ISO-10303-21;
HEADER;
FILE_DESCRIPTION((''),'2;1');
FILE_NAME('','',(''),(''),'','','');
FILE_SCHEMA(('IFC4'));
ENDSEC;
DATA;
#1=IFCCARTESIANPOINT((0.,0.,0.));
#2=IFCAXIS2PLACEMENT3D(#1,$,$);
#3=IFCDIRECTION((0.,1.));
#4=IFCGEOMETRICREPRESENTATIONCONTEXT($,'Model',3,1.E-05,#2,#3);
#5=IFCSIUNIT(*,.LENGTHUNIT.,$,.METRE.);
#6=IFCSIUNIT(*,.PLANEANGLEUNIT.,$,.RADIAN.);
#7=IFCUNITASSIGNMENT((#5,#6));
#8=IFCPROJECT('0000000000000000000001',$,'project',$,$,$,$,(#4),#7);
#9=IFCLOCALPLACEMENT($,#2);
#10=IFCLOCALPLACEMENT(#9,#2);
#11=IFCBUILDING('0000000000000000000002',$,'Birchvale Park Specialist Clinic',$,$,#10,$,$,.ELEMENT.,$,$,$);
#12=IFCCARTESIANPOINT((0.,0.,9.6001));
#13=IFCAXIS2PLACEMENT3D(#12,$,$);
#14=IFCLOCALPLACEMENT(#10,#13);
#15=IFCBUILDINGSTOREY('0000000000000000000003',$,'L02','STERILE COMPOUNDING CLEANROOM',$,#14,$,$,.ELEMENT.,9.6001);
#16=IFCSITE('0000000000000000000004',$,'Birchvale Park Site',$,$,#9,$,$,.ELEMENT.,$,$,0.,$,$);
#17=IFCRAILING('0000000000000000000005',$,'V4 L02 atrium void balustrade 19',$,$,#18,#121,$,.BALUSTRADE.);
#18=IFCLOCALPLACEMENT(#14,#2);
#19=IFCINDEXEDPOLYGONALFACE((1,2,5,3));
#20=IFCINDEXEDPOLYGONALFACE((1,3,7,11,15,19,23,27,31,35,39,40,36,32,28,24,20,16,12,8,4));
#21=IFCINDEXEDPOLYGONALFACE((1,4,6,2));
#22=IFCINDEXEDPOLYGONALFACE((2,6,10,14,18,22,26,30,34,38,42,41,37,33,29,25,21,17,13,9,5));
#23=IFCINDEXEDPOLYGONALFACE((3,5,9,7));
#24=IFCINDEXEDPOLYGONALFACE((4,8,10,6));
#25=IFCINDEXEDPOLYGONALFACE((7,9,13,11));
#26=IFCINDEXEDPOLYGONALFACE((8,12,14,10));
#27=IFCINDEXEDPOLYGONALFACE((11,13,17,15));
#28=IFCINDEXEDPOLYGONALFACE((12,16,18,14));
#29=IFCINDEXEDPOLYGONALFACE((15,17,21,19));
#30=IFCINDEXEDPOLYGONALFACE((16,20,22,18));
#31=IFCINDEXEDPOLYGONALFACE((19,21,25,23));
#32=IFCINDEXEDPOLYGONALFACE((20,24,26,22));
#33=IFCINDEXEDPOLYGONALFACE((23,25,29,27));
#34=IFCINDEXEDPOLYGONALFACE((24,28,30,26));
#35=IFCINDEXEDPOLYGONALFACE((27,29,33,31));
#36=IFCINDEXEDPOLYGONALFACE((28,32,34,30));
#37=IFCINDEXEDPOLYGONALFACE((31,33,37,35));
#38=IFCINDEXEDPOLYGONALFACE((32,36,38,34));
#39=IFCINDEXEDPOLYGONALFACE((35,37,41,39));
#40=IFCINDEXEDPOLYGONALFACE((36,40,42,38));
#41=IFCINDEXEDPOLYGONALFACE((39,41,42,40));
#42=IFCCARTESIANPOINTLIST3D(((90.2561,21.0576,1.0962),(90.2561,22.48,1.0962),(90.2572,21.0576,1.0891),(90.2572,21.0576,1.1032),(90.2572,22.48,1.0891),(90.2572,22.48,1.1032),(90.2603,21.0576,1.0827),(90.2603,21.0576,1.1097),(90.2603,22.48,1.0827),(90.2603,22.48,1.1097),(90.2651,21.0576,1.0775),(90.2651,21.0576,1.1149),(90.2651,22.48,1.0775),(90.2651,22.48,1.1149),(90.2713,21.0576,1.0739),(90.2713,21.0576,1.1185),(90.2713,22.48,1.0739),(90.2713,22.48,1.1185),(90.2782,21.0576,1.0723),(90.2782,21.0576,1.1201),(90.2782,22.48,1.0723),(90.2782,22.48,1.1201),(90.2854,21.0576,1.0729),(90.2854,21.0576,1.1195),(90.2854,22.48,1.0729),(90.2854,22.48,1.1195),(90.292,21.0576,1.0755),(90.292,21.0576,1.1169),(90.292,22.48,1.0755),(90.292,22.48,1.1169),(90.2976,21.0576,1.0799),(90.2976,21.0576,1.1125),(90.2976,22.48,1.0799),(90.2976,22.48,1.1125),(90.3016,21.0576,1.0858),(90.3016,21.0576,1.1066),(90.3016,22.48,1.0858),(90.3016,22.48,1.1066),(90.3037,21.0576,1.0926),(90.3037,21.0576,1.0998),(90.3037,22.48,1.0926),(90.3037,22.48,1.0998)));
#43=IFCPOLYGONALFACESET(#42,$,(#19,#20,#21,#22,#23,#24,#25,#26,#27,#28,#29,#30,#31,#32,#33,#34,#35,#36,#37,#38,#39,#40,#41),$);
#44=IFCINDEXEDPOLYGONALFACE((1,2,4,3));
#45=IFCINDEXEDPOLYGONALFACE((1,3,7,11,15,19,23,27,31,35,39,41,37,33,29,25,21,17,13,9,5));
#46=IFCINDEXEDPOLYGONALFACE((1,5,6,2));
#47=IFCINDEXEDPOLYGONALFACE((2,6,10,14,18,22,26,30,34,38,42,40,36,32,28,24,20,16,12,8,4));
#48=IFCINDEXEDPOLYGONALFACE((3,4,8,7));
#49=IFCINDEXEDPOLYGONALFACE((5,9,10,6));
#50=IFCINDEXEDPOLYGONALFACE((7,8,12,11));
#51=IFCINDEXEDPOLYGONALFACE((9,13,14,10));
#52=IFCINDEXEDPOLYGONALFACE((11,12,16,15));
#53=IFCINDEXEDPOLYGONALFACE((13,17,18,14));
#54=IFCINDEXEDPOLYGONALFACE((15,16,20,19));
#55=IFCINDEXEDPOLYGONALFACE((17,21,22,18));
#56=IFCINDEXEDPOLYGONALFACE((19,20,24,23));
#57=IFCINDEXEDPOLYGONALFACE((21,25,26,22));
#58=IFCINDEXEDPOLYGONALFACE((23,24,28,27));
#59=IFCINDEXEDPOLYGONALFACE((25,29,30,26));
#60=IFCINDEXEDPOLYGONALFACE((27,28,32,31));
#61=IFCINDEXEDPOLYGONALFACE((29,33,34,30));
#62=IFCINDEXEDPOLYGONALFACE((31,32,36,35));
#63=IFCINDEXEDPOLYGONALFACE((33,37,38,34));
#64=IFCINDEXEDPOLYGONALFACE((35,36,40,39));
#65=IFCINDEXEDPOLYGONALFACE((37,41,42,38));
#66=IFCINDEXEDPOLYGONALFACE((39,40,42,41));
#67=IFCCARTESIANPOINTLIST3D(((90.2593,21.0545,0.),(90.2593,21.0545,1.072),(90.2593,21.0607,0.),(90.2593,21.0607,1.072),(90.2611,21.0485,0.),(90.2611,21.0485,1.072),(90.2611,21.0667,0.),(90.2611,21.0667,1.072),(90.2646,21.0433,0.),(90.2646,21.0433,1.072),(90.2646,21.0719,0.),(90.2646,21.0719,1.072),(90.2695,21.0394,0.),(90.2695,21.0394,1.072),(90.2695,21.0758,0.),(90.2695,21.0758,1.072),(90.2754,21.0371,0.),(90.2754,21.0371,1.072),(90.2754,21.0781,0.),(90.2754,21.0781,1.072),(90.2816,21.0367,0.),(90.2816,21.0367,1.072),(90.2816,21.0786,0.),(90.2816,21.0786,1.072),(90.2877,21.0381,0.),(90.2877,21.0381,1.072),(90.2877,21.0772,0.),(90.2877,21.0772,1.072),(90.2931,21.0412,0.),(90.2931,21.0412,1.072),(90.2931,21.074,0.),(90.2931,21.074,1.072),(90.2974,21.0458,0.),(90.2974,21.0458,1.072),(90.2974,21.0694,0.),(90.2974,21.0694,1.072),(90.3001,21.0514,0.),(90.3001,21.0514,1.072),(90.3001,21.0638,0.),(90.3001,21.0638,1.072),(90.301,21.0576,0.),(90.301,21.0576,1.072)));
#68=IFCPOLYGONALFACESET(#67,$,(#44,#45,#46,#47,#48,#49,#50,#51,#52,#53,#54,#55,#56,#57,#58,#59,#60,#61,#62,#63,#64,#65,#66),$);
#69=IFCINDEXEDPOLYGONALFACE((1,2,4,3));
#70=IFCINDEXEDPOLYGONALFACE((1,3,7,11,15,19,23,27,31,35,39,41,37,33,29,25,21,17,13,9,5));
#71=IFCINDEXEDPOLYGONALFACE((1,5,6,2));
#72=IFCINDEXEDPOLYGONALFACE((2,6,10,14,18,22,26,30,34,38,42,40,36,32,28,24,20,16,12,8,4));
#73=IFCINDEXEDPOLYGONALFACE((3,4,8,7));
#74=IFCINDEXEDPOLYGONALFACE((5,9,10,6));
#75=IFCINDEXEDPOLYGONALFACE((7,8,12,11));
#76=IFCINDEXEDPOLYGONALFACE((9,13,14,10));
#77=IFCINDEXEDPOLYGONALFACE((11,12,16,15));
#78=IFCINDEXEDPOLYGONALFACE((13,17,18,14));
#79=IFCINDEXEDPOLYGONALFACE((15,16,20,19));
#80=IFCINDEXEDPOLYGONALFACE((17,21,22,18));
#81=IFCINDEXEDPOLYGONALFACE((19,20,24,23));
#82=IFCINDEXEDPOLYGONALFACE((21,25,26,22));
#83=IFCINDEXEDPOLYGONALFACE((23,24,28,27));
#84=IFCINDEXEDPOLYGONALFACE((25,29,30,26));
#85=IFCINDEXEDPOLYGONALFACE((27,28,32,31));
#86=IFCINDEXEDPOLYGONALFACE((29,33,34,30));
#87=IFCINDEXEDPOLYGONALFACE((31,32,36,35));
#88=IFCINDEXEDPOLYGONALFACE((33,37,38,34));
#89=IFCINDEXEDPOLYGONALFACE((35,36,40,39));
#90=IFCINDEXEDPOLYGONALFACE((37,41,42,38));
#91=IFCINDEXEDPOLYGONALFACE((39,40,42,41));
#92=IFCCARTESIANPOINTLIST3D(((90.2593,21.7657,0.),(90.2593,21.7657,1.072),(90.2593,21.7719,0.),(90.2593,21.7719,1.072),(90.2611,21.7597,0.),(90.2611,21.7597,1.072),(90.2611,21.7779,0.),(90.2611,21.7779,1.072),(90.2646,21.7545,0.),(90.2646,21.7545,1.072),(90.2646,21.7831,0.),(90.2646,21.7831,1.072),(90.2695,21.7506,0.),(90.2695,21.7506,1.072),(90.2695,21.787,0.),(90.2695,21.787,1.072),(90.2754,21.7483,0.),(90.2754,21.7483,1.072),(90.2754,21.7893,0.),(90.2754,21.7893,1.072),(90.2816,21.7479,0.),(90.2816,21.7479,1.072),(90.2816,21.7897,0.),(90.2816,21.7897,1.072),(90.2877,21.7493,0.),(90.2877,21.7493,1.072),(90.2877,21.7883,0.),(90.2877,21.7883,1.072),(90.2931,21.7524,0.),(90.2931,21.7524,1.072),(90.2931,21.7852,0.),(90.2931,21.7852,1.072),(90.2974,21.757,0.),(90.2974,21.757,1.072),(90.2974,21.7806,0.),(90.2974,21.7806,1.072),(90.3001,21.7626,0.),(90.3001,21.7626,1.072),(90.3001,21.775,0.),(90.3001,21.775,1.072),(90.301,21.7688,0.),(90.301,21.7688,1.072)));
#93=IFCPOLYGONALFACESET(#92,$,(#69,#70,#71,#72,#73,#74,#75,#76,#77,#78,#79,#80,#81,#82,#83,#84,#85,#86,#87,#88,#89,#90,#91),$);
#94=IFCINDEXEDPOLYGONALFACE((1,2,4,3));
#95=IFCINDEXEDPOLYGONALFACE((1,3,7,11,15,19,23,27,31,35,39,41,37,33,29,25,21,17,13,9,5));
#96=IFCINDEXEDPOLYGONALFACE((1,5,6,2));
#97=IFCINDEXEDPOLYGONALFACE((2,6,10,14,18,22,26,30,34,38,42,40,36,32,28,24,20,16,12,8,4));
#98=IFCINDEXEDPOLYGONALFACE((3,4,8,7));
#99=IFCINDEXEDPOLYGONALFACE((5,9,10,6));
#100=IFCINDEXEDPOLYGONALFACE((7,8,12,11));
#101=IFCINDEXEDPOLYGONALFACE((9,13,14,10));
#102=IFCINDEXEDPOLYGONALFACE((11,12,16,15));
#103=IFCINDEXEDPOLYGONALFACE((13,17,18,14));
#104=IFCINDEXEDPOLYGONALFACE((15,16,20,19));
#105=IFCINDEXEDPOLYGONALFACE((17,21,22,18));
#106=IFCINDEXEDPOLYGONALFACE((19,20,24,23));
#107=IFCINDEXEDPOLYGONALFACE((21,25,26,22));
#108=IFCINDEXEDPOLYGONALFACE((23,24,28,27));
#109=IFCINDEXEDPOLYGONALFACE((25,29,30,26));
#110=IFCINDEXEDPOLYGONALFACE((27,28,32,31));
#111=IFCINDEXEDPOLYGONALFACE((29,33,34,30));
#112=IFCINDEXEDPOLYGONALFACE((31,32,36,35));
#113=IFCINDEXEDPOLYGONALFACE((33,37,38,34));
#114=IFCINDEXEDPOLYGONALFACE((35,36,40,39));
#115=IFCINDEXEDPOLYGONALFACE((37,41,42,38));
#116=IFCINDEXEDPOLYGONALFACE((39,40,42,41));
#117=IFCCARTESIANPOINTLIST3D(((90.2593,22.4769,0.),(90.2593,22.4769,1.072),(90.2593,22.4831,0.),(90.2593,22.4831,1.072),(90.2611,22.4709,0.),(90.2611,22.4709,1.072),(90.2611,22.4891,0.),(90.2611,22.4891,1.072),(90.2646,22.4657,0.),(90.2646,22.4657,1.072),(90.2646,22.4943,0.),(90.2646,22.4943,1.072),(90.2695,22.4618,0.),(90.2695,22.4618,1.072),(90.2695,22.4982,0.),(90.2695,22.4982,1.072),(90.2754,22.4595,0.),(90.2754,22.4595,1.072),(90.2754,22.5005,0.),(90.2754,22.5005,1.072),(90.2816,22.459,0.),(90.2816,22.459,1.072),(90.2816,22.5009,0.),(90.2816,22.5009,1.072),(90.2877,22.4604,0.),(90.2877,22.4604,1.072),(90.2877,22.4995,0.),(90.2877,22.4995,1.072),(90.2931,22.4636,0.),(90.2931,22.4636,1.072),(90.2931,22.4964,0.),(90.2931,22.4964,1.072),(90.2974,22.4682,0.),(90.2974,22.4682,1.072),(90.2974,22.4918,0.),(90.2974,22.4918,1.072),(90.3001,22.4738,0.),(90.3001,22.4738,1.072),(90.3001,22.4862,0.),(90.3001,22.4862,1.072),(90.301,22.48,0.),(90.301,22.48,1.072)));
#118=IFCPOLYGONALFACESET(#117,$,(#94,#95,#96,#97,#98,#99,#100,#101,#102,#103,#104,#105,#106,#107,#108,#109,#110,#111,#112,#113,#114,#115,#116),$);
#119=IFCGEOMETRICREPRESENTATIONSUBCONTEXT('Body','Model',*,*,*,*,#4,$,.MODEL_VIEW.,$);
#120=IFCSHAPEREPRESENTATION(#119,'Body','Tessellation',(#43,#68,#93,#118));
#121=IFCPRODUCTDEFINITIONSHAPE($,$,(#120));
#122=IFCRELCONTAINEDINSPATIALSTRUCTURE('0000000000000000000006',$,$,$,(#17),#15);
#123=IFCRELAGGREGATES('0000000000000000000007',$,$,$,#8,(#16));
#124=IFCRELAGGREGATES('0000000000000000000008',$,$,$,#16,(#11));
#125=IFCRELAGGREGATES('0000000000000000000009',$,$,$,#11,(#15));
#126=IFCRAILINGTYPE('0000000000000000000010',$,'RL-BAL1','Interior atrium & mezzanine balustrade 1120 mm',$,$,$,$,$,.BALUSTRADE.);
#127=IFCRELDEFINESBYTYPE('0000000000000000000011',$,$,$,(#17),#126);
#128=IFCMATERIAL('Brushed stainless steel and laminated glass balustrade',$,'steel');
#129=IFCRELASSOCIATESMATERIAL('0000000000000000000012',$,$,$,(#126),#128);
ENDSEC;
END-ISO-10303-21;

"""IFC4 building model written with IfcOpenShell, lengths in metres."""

from ifc_helpers import new_model, si_unit, direction, frame, origin, origin_2d, place, context, subcontext, project, spatial, circle, extrude, material, type_object, element, save


model = new_model("IFC4")

# Units and contexts
model_context = context("Model", 3, precision=1e-05, world=origin(), true_north=direction((0.0, 1.0)))
body_context = subcontext(model_context, "Body", "Model", "MODEL_VIEW")
ifc_project = project(units=[si_unit("LENGTHUNIT", "METRE"), si_unit("PLANEANGLEUNIT", "RADIAN")], contexts=[model_context])

# Site, building, storey
site_placement = place(None, origin())
site = spatial("IfcSite", under=ifc_project, at=site_placement, Name="Birchvale Park Site", CompositionType="ELEMENT", RefElevation=0.0)
building_placement = place(site_placement, origin())
building = spatial("IfcBuilding", under=site, at=building_placement, Name="Birchvale Park Specialist Clinic", CompositionType="ELEMENT")
storey_placement = place(building_placement, frame((0.0, 0.0, 9.6001)))
storey = spatial("IfcBuildingStorey", under=building, at=storey_placement, Name="L02", Description="STERILE COMPOUNDING CLEANROOM", CompositionType="ELEMENT", Elevation=9.6001)

# Railing
ifc_material_1 = material(Name="Brushed stainless steel and laminated glass balustrade", Category="steel")
railing_type = type_object("IfcRailingType", Name="RL-BAL1", Description="Interior atrium & mezzanine balustrade 1120 mm", PredefinedType="BALUSTRADE", material=ifc_material_1)
railing_1_placement = place(storey_placement, frame((90.28, 21.0576, 0.0)))
element("IfcRailing", 1, at=railing_1_placement, inside=storey, type_object=railing_type, Name="V4 L02 atrium void balustrade 19", PredefinedType="BALUSTRADE", context=body_context, shape_type="SweptSolid", body=[
    extrude(circle(Radius=0.0239, at=origin_2d()), frame((0.0, 0.0, 1.0962), z_axis=(0.0, 1.0, 0.0), x_axis=(-1.0, 0.0, 0.0)), (0.0, 0.0, 1.0), 1.4224),
    extrude(circle(Radius=0.021, at=origin_2d()), origin(), (0.0, 0.0, 1.0), 1.072),
    extrude(circle(Radius=0.021, at=origin_2d()), frame((0.0, 0.7112, 0.0)), (0.0, 0.0, 1.0), 1.072),
    extrude(circle(Radius=0.021, at=origin_2d()), frame((0.0, 1.4224, 0.0)), (0.0, 0.0, 1.0), 1.072),
])

save(model, "model.ifc")
